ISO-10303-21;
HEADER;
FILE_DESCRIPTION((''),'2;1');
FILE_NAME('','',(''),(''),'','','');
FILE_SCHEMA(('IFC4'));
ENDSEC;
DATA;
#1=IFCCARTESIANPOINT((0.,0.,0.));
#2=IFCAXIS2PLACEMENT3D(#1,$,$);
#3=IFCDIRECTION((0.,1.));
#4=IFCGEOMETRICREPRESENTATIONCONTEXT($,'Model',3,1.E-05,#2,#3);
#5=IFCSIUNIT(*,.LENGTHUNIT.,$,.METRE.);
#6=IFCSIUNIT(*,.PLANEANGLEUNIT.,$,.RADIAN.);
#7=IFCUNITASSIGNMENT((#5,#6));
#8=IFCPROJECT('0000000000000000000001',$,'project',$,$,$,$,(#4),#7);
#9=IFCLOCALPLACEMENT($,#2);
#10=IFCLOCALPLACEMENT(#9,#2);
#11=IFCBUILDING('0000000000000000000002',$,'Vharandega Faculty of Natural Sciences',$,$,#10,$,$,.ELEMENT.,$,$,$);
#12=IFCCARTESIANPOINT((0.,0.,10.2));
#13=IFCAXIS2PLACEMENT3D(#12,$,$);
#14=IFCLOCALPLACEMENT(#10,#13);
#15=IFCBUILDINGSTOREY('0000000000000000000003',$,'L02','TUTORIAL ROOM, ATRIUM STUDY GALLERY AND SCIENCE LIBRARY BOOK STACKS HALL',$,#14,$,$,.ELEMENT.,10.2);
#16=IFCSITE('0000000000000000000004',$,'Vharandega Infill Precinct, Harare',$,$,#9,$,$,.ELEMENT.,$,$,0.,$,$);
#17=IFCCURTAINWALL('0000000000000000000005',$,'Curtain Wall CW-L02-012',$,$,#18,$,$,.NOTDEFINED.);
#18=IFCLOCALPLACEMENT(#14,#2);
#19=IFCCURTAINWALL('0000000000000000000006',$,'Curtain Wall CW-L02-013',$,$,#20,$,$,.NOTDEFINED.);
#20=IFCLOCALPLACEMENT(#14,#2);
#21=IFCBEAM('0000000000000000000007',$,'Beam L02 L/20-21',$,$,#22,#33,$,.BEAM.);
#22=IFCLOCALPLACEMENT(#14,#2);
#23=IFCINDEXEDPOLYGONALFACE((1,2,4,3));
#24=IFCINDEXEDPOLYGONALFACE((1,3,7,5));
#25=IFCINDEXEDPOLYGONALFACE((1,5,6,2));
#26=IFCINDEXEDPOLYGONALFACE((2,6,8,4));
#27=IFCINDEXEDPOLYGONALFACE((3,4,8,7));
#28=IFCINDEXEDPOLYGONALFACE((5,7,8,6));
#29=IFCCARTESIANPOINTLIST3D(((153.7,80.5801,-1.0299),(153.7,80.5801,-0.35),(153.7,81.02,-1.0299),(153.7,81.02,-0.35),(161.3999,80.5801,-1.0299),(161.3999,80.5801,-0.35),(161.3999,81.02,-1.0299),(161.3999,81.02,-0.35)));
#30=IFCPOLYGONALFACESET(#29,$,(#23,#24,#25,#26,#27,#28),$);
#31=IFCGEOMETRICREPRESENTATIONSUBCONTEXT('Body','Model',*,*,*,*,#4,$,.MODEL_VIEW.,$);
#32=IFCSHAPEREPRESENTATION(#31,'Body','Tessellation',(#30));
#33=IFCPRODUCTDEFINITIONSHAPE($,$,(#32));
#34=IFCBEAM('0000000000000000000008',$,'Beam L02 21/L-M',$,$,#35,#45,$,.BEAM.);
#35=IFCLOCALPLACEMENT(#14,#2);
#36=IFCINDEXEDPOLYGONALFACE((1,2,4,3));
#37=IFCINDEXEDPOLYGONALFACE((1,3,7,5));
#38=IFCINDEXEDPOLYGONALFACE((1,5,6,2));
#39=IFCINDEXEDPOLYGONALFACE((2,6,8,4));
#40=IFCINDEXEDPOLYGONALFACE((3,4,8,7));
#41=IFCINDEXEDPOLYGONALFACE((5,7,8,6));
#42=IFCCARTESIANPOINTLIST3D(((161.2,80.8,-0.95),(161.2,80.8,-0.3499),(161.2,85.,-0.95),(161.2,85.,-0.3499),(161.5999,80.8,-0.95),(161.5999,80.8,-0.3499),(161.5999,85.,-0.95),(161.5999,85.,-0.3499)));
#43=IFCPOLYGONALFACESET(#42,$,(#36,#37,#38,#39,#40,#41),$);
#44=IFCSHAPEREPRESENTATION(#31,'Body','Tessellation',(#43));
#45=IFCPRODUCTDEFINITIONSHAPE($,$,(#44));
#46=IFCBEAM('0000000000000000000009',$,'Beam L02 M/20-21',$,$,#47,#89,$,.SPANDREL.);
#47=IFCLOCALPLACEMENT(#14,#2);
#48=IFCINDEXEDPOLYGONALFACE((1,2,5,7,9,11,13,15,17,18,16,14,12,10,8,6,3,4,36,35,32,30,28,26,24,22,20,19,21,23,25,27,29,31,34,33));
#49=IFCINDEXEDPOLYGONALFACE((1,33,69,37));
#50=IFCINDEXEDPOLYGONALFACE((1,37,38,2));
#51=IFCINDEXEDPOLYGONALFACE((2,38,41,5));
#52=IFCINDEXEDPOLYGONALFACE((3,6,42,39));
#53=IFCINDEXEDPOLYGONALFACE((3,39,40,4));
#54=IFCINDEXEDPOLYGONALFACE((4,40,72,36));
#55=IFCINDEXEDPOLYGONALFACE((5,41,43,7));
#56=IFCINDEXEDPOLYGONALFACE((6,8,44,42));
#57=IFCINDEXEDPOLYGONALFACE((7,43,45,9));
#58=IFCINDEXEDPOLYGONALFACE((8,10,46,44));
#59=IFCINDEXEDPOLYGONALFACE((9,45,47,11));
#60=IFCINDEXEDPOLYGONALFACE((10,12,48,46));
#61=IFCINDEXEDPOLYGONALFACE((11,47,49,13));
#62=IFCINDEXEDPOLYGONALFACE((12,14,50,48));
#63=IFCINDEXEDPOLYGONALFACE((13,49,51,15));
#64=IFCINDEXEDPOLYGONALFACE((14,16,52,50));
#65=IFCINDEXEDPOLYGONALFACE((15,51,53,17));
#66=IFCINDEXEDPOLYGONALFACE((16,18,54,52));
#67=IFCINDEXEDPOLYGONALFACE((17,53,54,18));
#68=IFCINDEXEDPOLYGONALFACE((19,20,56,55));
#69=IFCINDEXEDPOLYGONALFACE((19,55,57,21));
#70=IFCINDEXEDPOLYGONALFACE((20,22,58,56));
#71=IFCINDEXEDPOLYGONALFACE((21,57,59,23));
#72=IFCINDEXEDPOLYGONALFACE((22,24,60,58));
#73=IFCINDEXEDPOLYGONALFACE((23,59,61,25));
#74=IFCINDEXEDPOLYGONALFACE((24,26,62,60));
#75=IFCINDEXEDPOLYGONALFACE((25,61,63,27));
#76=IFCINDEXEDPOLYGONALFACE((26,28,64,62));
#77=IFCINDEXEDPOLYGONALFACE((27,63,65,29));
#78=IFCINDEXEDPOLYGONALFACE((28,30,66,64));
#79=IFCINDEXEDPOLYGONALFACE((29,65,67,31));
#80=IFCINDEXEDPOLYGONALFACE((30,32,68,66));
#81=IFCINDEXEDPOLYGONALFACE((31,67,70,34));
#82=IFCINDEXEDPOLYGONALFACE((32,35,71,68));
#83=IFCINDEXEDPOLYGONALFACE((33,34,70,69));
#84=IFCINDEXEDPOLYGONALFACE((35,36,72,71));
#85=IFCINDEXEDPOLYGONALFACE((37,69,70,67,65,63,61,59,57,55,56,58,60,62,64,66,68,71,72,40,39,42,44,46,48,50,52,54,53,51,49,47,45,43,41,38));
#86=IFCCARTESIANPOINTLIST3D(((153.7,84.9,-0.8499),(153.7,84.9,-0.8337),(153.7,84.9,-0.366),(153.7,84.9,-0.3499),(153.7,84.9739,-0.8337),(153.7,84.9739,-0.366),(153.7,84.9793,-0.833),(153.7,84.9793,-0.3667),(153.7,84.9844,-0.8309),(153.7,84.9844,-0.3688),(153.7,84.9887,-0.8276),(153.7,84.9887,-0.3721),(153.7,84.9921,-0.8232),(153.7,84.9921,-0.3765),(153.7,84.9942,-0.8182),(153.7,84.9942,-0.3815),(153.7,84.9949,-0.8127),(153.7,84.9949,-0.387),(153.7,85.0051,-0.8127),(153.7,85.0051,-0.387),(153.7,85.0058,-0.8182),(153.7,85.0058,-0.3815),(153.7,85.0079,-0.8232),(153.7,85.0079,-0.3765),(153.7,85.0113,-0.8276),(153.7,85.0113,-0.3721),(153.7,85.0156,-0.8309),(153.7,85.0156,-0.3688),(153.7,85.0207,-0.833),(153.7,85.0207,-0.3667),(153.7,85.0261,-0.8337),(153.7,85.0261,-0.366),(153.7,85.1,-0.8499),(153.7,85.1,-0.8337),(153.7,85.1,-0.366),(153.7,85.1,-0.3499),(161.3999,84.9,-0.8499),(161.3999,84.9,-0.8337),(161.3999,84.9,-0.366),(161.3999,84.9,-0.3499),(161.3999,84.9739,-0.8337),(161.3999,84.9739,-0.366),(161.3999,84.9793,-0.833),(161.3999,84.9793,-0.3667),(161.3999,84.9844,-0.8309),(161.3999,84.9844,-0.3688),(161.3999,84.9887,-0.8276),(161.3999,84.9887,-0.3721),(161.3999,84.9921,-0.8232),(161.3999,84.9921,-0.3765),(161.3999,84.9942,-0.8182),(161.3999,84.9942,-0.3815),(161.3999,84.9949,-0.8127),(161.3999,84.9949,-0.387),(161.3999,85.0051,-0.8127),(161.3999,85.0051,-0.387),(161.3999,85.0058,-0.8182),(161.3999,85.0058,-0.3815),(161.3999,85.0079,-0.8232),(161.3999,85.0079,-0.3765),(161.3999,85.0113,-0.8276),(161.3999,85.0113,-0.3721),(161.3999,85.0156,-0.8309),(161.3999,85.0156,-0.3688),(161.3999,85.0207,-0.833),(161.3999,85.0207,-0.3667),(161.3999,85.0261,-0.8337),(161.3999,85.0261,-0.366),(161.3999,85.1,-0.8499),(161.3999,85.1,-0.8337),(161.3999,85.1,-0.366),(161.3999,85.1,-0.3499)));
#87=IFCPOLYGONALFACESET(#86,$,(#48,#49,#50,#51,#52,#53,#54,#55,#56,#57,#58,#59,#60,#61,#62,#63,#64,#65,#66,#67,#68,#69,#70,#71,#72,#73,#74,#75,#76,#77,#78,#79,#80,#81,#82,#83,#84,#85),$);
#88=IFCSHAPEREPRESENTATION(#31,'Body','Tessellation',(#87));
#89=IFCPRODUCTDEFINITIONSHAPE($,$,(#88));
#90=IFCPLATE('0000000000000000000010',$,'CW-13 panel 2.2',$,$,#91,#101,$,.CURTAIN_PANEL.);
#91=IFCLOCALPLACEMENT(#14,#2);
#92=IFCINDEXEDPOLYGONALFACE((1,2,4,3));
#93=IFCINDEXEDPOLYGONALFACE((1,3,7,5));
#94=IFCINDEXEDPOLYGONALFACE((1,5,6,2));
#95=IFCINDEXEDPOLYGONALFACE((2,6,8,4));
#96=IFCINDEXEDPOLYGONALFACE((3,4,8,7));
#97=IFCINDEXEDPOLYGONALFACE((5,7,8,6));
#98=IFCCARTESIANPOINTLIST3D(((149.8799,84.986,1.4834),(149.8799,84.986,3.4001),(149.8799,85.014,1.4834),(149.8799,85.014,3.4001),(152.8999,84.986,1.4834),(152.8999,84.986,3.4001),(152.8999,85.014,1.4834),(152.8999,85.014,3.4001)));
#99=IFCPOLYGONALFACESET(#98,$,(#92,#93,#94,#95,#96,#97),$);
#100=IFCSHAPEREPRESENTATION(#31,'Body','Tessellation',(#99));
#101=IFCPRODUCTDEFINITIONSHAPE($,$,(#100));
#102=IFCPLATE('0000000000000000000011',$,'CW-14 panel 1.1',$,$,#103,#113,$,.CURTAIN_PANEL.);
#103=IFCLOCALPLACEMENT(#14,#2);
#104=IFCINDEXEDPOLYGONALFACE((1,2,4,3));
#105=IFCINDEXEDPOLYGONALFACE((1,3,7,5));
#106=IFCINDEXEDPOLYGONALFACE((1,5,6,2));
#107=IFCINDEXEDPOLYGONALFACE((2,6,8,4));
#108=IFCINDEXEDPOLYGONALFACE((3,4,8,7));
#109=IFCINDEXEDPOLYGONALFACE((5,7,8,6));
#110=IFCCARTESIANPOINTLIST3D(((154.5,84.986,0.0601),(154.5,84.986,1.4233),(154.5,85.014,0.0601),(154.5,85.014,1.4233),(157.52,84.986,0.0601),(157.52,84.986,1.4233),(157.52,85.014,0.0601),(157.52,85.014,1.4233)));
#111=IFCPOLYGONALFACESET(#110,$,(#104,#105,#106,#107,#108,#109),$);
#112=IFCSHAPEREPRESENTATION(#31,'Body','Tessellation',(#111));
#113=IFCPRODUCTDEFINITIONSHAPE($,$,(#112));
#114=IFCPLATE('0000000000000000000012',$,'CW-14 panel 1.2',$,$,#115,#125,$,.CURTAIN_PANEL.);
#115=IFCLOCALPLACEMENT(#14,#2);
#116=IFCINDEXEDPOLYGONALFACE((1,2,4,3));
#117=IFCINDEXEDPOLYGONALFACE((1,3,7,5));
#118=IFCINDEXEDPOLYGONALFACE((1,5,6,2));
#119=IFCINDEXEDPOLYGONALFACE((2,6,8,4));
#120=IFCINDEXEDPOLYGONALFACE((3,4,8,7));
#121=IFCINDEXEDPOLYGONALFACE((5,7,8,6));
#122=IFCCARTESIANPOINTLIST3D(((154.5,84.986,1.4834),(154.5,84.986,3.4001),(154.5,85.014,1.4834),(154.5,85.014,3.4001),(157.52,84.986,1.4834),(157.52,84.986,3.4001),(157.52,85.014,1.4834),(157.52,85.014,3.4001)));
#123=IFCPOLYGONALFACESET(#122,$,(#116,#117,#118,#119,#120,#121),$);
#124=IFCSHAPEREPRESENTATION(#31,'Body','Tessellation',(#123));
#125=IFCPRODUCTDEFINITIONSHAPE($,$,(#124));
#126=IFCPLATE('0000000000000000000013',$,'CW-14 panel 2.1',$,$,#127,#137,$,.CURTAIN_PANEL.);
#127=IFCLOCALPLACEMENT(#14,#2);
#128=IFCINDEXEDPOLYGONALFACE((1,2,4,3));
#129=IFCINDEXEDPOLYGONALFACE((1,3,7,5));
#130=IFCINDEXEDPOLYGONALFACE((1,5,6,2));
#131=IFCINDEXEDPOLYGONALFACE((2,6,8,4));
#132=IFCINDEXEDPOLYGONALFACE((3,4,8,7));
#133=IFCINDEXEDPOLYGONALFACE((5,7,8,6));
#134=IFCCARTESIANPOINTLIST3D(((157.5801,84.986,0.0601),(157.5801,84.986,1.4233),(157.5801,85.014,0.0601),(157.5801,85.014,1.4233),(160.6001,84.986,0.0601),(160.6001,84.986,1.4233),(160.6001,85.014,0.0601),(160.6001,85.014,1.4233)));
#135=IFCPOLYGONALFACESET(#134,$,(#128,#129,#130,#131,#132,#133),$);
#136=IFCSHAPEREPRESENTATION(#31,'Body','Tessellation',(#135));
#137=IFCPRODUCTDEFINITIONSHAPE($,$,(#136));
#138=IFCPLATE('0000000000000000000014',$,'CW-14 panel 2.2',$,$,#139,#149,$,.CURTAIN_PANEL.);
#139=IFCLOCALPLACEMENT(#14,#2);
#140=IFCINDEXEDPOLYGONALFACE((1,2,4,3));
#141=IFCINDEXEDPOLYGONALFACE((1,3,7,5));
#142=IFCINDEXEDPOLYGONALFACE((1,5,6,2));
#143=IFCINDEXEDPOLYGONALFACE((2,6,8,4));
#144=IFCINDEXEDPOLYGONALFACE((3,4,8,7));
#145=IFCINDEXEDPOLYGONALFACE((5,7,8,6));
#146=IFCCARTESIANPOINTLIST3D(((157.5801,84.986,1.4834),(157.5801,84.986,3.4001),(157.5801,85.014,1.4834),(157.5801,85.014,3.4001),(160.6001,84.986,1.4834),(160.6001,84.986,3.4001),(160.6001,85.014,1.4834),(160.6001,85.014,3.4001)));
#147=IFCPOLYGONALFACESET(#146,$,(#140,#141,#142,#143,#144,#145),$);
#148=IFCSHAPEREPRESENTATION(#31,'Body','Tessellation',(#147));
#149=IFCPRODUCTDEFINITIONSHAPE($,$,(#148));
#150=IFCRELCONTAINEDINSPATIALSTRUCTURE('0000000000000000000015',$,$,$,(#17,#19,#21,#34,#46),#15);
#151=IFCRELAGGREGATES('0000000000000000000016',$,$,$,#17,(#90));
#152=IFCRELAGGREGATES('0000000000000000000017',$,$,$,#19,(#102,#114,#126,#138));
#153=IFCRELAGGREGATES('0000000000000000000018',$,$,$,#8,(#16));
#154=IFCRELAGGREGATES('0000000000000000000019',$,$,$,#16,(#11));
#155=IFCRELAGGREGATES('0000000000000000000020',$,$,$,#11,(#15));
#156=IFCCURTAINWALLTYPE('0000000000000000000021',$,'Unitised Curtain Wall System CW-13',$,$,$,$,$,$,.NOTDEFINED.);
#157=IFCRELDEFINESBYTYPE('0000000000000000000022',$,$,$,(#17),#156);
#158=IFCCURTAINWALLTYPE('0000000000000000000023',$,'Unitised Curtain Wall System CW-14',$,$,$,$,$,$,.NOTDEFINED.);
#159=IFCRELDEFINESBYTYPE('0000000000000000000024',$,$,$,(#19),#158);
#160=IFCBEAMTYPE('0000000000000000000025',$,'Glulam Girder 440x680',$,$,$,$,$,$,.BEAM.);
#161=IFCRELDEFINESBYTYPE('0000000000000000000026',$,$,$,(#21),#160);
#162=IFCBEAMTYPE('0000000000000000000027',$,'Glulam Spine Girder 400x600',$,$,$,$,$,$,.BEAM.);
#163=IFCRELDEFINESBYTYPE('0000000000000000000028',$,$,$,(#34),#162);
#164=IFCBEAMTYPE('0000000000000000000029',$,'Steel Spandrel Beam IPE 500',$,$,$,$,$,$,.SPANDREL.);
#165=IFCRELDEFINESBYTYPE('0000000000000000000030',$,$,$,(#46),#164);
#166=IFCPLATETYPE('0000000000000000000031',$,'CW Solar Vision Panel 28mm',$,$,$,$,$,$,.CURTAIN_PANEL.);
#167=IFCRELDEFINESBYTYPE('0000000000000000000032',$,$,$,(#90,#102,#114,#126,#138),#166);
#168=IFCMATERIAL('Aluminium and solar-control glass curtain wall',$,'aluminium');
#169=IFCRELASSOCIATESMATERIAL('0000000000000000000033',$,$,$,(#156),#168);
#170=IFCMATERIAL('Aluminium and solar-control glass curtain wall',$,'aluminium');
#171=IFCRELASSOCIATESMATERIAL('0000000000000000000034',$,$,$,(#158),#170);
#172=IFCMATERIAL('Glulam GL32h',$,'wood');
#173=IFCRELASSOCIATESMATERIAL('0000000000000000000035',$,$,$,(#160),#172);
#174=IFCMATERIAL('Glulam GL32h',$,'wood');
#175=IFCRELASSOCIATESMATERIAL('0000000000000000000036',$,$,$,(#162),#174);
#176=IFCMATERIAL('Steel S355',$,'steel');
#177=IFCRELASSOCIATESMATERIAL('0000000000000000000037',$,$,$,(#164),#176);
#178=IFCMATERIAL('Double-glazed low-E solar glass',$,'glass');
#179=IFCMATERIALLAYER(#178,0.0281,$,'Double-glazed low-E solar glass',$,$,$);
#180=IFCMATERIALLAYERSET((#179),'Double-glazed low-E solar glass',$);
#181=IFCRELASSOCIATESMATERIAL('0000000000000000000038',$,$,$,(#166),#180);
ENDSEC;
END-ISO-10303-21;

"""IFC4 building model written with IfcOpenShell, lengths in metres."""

from ifc_helpers import new_model, si_unit, direction, frame, origin, origin_2d, place, context, subcontext, project, spatial, rectangle, i_section, extrude, material, layer, layer_set, material_profile, profile_set, type_object, element, aggregate, save


model = new_model("IFC4")

# Units and contexts
model_context = context("Model", 3, precision=1e-05, world=origin(), true_north=direction((0.0, 1.0)))
body_context = subcontext(model_context, "Body", "Model", "MODEL_VIEW")
ifc_project = project(units=[si_unit("LENGTHUNIT", "METRE"), si_unit("PLANEANGLEUNIT", "RADIAN")], contexts=[model_context])

# Site, building, storey
site_placement = place(None, origin())
site = spatial("IfcSite", under=ifc_project, at=site_placement, Name="Vharandega Infill Precinct, Harare", CompositionType="ELEMENT", RefElevation=0.0)
building_placement = place(site_placement, origin())
building = spatial("IfcBuilding", under=site, at=building_placement, Name="Vharandega Faculty of Natural Sciences", CompositionType="ELEMENT")
storey_placement = place(building_placement, frame((0.0, 0.0, 10.2)))
storey = spatial("IfcBuildingStorey", under=building, at=storey_placement, Name="L02", Description="TUTORIAL ROOM, ATRIUM STUDY GALLERY AND SCIENCE LIBRARY BOOK STACKS HALL", CompositionType="ELEMENT", Elevation=10.2)

# Curtain wall
ifc_material_1 = material(Name="Aluminium and solar-control glass curtain wall", Category="aluminium")
curtain_wall_type_1 = type_object("IfcCurtainWallType", Name="Unitised Curtain Wall System CW-13", PredefinedType="NOTDEFINED", material=ifc_material_1)
curtain_wall_1_placement = place(storey_placement, origin())
curtain_wall_1 = element("IfcCurtainWall", 1, at=curtain_wall_1_placement, inside=storey, type_object=curtain_wall_type_1, Name="Curtain Wall CW-L02-012", PredefinedType="NOTDEFINED")

# Curtain wall
ifc_material_2 = material(Name="Aluminium and solar-control glass curtain wall", Category="aluminium")
curtain_wall_type_2 = type_object("IfcCurtainWallType", Name="Unitised Curtain Wall System CW-14", PredefinedType="NOTDEFINED", material=ifc_material_2)
curtain_wall_2_placement = place(storey_placement, origin())
curtain_wall_2 = element("IfcCurtainWall", 2, at=curtain_wall_2_placement, inside=storey, type_object=curtain_wall_type_2, Name="Curtain Wall CW-L02-013", PredefinedType="NOTDEFINED")

# Beams
ifc_material_3 = material(Name="Glulam GL32h", Category="wood")
ifc_material_profile_1 = material_profile(ifc_material_3, rectangle(XDim=0.4399, YDim=0.6799, at=origin_2d()), Name="GL32h 440x680")
ifc_profile_set_1 = profile_set([ifc_material_profile_1], Name="Glulam GL32h")
beam_type_1 = type_object("IfcBeamType", Name="Glulam Girder 440x680", PredefinedType="BEAM", material=ifc_profile_set_1)
beam_1_placement = place(storey_placement, frame((153.7, 80.8, -0.6899), z_axis=(1.0, 0.0, 0.0), x_axis=(0.0, 1.0, 0.0)))
element("IfcBeam", 3, at=beam_1_placement, inside=storey, type_object=beam_type_1, Name="Beam L02 L/20-21", PredefinedType="BEAM", context=body_context, shape_type="SweptSolid", body=[
    extrude(rectangle(XDim=0.4399, YDim=0.6799, at=origin_2d()), origin(), (0.0, 0.0, 1.0), 7.7),
])
ifc_material_4 = material(Name="Glulam GL32h", Category="wood")
ifc_material_profile_2 = material_profile(ifc_material_4, rectangle(XDim=0.3999, YDim=0.6001, at=origin_2d()), Name="GL32h 400x600")
ifc_profile_set_2 = profile_set([ifc_material_profile_2], Name="Glulam GL32h")
beam_type_2 = type_object("IfcBeamType", Name="Glulam Spine Girder 400x600", PredefinedType="BEAM", material=ifc_profile_set_2)
beam_2_placement = place(storey_placement, frame((161.3999, 80.8, -0.6499), z_axis=(0.0, 1.0, 0.0), x_axis=(-1.0, 0.0, 0.0)))
element("IfcBeam", 4, at=beam_2_placement, inside=storey, type_object=beam_type_2, Name="Beam L02 21/L-M", PredefinedType="BEAM", context=body_context, shape_type="SweptSolid", body=[
    extrude(rectangle(XDim=0.3999, YDim=0.6001, at=origin_2d()), origin(), (0.0, 0.0, 1.0), 4.2),
])
ifc_material_5 = material(Name="Steel S355", Category="steel")
ifc_material_profile_3 = material_profile(ifc_material_5, i_section(OverallWidth=0.2, OverallDepth=0.5, WebThickness=0.0103, FlangeThickness=0.0161, FilletRadius=0.021, at=origin_2d()), Name="IPE 500")
ifc_profile_set_3 = profile_set([ifc_material_profile_3], Name="Steel S355")
beam_type_3 = type_object("IfcBeamType", Name="Steel Spandrel Beam IPE 500", PredefinedType="SPANDREL", material=ifc_profile_set_3)
beam_3_placement = place(storey_placement, frame((153.7, 85.0, -0.5999), z_axis=(1.0, 0.0, 0.0), x_axis=(0.0, 1.0, 0.0)))
element("IfcBeam", 5, at=beam_3_placement, inside=storey, type_object=beam_type_3, Name="Beam L02 M/20-21", PredefinedType="SPANDREL", context=body_context, shape_type="SweptSolid", body=[
    extrude(i_section(OverallWidth=0.2, OverallDepth=0.5, WebThickness=0.0103, FlangeThickness=0.0161, FilletRadius=0.021, at=origin_2d()), origin(), (0.0, 0.0, 1.0), 7.7),
])

# Plates
ifc_material_6 = material(Name="Double-glazed low-E solar glass", Category="glass")
ifc_layer_1 = layer(ifc_material_6, 0.0281, Name="Double-glazed low-E solar glass")
ifc_layer_set_1 = layer_set([ifc_layer_1], Name="Double-glazed low-E solar glass")
plate_type = type_object("IfcPlateType", Name="CW Solar Vision Panel 28mm", PredefinedType="CURTAIN_PANEL", material=ifc_layer_set_1)
plate_1_placement = place(storey_placement, frame((151.3899, 85.0, 1.4834), z_axis=(0.0, 0.0, 1.0), x_axis=(1.0, 0.0, 0.0)))
plate_1 = element("IfcPlate", 6, at=plate_1_placement, type_object=plate_type, Name="CW-13 panel 2.2", PredefinedType="CURTAIN_PANEL", context=body_context, shape_type="SweptSolid", body=[
    extrude(rectangle(XDim=3.02, YDim=0.0281, at=origin_2d()), origin(), (0.0, 0.0, 1.0), 1.9167),
])
aggregate(curtain_wall_1, [plate_1])
plate_2_placement = place(storey_placement, frame((156.01, 85.0, 0.0601), z_axis=(0.0, 0.0, 1.0), x_axis=(1.0, 0.0, 0.0)))
plate_2 = element("IfcPlate", 7, at=plate_2_placement, type_object=plate_type, Name="CW-14 panel 1.1", PredefinedType="CURTAIN_PANEL", context=body_context, shape_type="SweptSolid", body=[
    extrude(rectangle(XDim=3.02, YDim=0.0281, at=origin_2d()), origin(), (0.0, 0.0, 1.0), 1.3633),
])
plate_3_placement = place(storey_placement, frame((156.01, 85.0, 1.4834), z_axis=(0.0, 0.0, 1.0), x_axis=(1.0, 0.0, 0.0)))
plate_3 = element("IfcPlate", 8, at=plate_3_placement, type_object=plate_type, Name="CW-14 panel 1.2", PredefinedType="CURTAIN_PANEL", context=body_context, shape_type="SweptSolid", body=[
    extrude(rectangle(XDim=3.02, YDim=0.0281, at=origin_2d()), origin(), (0.0, 0.0, 1.0), 1.9167),
])
plate_4_placement = place(storey_placement, frame((159.0901, 85.0, 0.0601), z_axis=(0.0, 0.0, 1.0), x_axis=(1.0, 0.0, 0.0)))
plate_4 = element("IfcPlate", 9, at=plate_4_placement, type_object=plate_type, Name="CW-14 panel 2.1", PredefinedType="CURTAIN_PANEL", context=body_context, shape_type="SweptSolid", body=[
    extrude(rectangle(XDim=3.02, YDim=0.0281, at=origin_2d()), origin(), (0.0, 0.0, 1.0), 1.3633),
])
plate_5_placement = place(storey_placement, frame((159.0901, 85.0, 1.4834), z_axis=(0.0, 0.0, 1.0), x_axis=(1.0, 0.0, 0.0)))
plate_5 = element("IfcPlate", 10, at=plate_5_placement, type_object=plate_type, Name="CW-14 panel 2.2", PredefinedType="CURTAIN_PANEL", context=body_context, shape_type="SweptSolid", body=[
    extrude(rectangle(XDim=3.02, YDim=0.0281, at=origin_2d()), origin(), (0.0, 0.0, 1.0), 1.9167),
])
aggregate(curtain_wall_2, [plate_2, plate_3, plate_4, plate_5])

save(model, "model.ifc")
